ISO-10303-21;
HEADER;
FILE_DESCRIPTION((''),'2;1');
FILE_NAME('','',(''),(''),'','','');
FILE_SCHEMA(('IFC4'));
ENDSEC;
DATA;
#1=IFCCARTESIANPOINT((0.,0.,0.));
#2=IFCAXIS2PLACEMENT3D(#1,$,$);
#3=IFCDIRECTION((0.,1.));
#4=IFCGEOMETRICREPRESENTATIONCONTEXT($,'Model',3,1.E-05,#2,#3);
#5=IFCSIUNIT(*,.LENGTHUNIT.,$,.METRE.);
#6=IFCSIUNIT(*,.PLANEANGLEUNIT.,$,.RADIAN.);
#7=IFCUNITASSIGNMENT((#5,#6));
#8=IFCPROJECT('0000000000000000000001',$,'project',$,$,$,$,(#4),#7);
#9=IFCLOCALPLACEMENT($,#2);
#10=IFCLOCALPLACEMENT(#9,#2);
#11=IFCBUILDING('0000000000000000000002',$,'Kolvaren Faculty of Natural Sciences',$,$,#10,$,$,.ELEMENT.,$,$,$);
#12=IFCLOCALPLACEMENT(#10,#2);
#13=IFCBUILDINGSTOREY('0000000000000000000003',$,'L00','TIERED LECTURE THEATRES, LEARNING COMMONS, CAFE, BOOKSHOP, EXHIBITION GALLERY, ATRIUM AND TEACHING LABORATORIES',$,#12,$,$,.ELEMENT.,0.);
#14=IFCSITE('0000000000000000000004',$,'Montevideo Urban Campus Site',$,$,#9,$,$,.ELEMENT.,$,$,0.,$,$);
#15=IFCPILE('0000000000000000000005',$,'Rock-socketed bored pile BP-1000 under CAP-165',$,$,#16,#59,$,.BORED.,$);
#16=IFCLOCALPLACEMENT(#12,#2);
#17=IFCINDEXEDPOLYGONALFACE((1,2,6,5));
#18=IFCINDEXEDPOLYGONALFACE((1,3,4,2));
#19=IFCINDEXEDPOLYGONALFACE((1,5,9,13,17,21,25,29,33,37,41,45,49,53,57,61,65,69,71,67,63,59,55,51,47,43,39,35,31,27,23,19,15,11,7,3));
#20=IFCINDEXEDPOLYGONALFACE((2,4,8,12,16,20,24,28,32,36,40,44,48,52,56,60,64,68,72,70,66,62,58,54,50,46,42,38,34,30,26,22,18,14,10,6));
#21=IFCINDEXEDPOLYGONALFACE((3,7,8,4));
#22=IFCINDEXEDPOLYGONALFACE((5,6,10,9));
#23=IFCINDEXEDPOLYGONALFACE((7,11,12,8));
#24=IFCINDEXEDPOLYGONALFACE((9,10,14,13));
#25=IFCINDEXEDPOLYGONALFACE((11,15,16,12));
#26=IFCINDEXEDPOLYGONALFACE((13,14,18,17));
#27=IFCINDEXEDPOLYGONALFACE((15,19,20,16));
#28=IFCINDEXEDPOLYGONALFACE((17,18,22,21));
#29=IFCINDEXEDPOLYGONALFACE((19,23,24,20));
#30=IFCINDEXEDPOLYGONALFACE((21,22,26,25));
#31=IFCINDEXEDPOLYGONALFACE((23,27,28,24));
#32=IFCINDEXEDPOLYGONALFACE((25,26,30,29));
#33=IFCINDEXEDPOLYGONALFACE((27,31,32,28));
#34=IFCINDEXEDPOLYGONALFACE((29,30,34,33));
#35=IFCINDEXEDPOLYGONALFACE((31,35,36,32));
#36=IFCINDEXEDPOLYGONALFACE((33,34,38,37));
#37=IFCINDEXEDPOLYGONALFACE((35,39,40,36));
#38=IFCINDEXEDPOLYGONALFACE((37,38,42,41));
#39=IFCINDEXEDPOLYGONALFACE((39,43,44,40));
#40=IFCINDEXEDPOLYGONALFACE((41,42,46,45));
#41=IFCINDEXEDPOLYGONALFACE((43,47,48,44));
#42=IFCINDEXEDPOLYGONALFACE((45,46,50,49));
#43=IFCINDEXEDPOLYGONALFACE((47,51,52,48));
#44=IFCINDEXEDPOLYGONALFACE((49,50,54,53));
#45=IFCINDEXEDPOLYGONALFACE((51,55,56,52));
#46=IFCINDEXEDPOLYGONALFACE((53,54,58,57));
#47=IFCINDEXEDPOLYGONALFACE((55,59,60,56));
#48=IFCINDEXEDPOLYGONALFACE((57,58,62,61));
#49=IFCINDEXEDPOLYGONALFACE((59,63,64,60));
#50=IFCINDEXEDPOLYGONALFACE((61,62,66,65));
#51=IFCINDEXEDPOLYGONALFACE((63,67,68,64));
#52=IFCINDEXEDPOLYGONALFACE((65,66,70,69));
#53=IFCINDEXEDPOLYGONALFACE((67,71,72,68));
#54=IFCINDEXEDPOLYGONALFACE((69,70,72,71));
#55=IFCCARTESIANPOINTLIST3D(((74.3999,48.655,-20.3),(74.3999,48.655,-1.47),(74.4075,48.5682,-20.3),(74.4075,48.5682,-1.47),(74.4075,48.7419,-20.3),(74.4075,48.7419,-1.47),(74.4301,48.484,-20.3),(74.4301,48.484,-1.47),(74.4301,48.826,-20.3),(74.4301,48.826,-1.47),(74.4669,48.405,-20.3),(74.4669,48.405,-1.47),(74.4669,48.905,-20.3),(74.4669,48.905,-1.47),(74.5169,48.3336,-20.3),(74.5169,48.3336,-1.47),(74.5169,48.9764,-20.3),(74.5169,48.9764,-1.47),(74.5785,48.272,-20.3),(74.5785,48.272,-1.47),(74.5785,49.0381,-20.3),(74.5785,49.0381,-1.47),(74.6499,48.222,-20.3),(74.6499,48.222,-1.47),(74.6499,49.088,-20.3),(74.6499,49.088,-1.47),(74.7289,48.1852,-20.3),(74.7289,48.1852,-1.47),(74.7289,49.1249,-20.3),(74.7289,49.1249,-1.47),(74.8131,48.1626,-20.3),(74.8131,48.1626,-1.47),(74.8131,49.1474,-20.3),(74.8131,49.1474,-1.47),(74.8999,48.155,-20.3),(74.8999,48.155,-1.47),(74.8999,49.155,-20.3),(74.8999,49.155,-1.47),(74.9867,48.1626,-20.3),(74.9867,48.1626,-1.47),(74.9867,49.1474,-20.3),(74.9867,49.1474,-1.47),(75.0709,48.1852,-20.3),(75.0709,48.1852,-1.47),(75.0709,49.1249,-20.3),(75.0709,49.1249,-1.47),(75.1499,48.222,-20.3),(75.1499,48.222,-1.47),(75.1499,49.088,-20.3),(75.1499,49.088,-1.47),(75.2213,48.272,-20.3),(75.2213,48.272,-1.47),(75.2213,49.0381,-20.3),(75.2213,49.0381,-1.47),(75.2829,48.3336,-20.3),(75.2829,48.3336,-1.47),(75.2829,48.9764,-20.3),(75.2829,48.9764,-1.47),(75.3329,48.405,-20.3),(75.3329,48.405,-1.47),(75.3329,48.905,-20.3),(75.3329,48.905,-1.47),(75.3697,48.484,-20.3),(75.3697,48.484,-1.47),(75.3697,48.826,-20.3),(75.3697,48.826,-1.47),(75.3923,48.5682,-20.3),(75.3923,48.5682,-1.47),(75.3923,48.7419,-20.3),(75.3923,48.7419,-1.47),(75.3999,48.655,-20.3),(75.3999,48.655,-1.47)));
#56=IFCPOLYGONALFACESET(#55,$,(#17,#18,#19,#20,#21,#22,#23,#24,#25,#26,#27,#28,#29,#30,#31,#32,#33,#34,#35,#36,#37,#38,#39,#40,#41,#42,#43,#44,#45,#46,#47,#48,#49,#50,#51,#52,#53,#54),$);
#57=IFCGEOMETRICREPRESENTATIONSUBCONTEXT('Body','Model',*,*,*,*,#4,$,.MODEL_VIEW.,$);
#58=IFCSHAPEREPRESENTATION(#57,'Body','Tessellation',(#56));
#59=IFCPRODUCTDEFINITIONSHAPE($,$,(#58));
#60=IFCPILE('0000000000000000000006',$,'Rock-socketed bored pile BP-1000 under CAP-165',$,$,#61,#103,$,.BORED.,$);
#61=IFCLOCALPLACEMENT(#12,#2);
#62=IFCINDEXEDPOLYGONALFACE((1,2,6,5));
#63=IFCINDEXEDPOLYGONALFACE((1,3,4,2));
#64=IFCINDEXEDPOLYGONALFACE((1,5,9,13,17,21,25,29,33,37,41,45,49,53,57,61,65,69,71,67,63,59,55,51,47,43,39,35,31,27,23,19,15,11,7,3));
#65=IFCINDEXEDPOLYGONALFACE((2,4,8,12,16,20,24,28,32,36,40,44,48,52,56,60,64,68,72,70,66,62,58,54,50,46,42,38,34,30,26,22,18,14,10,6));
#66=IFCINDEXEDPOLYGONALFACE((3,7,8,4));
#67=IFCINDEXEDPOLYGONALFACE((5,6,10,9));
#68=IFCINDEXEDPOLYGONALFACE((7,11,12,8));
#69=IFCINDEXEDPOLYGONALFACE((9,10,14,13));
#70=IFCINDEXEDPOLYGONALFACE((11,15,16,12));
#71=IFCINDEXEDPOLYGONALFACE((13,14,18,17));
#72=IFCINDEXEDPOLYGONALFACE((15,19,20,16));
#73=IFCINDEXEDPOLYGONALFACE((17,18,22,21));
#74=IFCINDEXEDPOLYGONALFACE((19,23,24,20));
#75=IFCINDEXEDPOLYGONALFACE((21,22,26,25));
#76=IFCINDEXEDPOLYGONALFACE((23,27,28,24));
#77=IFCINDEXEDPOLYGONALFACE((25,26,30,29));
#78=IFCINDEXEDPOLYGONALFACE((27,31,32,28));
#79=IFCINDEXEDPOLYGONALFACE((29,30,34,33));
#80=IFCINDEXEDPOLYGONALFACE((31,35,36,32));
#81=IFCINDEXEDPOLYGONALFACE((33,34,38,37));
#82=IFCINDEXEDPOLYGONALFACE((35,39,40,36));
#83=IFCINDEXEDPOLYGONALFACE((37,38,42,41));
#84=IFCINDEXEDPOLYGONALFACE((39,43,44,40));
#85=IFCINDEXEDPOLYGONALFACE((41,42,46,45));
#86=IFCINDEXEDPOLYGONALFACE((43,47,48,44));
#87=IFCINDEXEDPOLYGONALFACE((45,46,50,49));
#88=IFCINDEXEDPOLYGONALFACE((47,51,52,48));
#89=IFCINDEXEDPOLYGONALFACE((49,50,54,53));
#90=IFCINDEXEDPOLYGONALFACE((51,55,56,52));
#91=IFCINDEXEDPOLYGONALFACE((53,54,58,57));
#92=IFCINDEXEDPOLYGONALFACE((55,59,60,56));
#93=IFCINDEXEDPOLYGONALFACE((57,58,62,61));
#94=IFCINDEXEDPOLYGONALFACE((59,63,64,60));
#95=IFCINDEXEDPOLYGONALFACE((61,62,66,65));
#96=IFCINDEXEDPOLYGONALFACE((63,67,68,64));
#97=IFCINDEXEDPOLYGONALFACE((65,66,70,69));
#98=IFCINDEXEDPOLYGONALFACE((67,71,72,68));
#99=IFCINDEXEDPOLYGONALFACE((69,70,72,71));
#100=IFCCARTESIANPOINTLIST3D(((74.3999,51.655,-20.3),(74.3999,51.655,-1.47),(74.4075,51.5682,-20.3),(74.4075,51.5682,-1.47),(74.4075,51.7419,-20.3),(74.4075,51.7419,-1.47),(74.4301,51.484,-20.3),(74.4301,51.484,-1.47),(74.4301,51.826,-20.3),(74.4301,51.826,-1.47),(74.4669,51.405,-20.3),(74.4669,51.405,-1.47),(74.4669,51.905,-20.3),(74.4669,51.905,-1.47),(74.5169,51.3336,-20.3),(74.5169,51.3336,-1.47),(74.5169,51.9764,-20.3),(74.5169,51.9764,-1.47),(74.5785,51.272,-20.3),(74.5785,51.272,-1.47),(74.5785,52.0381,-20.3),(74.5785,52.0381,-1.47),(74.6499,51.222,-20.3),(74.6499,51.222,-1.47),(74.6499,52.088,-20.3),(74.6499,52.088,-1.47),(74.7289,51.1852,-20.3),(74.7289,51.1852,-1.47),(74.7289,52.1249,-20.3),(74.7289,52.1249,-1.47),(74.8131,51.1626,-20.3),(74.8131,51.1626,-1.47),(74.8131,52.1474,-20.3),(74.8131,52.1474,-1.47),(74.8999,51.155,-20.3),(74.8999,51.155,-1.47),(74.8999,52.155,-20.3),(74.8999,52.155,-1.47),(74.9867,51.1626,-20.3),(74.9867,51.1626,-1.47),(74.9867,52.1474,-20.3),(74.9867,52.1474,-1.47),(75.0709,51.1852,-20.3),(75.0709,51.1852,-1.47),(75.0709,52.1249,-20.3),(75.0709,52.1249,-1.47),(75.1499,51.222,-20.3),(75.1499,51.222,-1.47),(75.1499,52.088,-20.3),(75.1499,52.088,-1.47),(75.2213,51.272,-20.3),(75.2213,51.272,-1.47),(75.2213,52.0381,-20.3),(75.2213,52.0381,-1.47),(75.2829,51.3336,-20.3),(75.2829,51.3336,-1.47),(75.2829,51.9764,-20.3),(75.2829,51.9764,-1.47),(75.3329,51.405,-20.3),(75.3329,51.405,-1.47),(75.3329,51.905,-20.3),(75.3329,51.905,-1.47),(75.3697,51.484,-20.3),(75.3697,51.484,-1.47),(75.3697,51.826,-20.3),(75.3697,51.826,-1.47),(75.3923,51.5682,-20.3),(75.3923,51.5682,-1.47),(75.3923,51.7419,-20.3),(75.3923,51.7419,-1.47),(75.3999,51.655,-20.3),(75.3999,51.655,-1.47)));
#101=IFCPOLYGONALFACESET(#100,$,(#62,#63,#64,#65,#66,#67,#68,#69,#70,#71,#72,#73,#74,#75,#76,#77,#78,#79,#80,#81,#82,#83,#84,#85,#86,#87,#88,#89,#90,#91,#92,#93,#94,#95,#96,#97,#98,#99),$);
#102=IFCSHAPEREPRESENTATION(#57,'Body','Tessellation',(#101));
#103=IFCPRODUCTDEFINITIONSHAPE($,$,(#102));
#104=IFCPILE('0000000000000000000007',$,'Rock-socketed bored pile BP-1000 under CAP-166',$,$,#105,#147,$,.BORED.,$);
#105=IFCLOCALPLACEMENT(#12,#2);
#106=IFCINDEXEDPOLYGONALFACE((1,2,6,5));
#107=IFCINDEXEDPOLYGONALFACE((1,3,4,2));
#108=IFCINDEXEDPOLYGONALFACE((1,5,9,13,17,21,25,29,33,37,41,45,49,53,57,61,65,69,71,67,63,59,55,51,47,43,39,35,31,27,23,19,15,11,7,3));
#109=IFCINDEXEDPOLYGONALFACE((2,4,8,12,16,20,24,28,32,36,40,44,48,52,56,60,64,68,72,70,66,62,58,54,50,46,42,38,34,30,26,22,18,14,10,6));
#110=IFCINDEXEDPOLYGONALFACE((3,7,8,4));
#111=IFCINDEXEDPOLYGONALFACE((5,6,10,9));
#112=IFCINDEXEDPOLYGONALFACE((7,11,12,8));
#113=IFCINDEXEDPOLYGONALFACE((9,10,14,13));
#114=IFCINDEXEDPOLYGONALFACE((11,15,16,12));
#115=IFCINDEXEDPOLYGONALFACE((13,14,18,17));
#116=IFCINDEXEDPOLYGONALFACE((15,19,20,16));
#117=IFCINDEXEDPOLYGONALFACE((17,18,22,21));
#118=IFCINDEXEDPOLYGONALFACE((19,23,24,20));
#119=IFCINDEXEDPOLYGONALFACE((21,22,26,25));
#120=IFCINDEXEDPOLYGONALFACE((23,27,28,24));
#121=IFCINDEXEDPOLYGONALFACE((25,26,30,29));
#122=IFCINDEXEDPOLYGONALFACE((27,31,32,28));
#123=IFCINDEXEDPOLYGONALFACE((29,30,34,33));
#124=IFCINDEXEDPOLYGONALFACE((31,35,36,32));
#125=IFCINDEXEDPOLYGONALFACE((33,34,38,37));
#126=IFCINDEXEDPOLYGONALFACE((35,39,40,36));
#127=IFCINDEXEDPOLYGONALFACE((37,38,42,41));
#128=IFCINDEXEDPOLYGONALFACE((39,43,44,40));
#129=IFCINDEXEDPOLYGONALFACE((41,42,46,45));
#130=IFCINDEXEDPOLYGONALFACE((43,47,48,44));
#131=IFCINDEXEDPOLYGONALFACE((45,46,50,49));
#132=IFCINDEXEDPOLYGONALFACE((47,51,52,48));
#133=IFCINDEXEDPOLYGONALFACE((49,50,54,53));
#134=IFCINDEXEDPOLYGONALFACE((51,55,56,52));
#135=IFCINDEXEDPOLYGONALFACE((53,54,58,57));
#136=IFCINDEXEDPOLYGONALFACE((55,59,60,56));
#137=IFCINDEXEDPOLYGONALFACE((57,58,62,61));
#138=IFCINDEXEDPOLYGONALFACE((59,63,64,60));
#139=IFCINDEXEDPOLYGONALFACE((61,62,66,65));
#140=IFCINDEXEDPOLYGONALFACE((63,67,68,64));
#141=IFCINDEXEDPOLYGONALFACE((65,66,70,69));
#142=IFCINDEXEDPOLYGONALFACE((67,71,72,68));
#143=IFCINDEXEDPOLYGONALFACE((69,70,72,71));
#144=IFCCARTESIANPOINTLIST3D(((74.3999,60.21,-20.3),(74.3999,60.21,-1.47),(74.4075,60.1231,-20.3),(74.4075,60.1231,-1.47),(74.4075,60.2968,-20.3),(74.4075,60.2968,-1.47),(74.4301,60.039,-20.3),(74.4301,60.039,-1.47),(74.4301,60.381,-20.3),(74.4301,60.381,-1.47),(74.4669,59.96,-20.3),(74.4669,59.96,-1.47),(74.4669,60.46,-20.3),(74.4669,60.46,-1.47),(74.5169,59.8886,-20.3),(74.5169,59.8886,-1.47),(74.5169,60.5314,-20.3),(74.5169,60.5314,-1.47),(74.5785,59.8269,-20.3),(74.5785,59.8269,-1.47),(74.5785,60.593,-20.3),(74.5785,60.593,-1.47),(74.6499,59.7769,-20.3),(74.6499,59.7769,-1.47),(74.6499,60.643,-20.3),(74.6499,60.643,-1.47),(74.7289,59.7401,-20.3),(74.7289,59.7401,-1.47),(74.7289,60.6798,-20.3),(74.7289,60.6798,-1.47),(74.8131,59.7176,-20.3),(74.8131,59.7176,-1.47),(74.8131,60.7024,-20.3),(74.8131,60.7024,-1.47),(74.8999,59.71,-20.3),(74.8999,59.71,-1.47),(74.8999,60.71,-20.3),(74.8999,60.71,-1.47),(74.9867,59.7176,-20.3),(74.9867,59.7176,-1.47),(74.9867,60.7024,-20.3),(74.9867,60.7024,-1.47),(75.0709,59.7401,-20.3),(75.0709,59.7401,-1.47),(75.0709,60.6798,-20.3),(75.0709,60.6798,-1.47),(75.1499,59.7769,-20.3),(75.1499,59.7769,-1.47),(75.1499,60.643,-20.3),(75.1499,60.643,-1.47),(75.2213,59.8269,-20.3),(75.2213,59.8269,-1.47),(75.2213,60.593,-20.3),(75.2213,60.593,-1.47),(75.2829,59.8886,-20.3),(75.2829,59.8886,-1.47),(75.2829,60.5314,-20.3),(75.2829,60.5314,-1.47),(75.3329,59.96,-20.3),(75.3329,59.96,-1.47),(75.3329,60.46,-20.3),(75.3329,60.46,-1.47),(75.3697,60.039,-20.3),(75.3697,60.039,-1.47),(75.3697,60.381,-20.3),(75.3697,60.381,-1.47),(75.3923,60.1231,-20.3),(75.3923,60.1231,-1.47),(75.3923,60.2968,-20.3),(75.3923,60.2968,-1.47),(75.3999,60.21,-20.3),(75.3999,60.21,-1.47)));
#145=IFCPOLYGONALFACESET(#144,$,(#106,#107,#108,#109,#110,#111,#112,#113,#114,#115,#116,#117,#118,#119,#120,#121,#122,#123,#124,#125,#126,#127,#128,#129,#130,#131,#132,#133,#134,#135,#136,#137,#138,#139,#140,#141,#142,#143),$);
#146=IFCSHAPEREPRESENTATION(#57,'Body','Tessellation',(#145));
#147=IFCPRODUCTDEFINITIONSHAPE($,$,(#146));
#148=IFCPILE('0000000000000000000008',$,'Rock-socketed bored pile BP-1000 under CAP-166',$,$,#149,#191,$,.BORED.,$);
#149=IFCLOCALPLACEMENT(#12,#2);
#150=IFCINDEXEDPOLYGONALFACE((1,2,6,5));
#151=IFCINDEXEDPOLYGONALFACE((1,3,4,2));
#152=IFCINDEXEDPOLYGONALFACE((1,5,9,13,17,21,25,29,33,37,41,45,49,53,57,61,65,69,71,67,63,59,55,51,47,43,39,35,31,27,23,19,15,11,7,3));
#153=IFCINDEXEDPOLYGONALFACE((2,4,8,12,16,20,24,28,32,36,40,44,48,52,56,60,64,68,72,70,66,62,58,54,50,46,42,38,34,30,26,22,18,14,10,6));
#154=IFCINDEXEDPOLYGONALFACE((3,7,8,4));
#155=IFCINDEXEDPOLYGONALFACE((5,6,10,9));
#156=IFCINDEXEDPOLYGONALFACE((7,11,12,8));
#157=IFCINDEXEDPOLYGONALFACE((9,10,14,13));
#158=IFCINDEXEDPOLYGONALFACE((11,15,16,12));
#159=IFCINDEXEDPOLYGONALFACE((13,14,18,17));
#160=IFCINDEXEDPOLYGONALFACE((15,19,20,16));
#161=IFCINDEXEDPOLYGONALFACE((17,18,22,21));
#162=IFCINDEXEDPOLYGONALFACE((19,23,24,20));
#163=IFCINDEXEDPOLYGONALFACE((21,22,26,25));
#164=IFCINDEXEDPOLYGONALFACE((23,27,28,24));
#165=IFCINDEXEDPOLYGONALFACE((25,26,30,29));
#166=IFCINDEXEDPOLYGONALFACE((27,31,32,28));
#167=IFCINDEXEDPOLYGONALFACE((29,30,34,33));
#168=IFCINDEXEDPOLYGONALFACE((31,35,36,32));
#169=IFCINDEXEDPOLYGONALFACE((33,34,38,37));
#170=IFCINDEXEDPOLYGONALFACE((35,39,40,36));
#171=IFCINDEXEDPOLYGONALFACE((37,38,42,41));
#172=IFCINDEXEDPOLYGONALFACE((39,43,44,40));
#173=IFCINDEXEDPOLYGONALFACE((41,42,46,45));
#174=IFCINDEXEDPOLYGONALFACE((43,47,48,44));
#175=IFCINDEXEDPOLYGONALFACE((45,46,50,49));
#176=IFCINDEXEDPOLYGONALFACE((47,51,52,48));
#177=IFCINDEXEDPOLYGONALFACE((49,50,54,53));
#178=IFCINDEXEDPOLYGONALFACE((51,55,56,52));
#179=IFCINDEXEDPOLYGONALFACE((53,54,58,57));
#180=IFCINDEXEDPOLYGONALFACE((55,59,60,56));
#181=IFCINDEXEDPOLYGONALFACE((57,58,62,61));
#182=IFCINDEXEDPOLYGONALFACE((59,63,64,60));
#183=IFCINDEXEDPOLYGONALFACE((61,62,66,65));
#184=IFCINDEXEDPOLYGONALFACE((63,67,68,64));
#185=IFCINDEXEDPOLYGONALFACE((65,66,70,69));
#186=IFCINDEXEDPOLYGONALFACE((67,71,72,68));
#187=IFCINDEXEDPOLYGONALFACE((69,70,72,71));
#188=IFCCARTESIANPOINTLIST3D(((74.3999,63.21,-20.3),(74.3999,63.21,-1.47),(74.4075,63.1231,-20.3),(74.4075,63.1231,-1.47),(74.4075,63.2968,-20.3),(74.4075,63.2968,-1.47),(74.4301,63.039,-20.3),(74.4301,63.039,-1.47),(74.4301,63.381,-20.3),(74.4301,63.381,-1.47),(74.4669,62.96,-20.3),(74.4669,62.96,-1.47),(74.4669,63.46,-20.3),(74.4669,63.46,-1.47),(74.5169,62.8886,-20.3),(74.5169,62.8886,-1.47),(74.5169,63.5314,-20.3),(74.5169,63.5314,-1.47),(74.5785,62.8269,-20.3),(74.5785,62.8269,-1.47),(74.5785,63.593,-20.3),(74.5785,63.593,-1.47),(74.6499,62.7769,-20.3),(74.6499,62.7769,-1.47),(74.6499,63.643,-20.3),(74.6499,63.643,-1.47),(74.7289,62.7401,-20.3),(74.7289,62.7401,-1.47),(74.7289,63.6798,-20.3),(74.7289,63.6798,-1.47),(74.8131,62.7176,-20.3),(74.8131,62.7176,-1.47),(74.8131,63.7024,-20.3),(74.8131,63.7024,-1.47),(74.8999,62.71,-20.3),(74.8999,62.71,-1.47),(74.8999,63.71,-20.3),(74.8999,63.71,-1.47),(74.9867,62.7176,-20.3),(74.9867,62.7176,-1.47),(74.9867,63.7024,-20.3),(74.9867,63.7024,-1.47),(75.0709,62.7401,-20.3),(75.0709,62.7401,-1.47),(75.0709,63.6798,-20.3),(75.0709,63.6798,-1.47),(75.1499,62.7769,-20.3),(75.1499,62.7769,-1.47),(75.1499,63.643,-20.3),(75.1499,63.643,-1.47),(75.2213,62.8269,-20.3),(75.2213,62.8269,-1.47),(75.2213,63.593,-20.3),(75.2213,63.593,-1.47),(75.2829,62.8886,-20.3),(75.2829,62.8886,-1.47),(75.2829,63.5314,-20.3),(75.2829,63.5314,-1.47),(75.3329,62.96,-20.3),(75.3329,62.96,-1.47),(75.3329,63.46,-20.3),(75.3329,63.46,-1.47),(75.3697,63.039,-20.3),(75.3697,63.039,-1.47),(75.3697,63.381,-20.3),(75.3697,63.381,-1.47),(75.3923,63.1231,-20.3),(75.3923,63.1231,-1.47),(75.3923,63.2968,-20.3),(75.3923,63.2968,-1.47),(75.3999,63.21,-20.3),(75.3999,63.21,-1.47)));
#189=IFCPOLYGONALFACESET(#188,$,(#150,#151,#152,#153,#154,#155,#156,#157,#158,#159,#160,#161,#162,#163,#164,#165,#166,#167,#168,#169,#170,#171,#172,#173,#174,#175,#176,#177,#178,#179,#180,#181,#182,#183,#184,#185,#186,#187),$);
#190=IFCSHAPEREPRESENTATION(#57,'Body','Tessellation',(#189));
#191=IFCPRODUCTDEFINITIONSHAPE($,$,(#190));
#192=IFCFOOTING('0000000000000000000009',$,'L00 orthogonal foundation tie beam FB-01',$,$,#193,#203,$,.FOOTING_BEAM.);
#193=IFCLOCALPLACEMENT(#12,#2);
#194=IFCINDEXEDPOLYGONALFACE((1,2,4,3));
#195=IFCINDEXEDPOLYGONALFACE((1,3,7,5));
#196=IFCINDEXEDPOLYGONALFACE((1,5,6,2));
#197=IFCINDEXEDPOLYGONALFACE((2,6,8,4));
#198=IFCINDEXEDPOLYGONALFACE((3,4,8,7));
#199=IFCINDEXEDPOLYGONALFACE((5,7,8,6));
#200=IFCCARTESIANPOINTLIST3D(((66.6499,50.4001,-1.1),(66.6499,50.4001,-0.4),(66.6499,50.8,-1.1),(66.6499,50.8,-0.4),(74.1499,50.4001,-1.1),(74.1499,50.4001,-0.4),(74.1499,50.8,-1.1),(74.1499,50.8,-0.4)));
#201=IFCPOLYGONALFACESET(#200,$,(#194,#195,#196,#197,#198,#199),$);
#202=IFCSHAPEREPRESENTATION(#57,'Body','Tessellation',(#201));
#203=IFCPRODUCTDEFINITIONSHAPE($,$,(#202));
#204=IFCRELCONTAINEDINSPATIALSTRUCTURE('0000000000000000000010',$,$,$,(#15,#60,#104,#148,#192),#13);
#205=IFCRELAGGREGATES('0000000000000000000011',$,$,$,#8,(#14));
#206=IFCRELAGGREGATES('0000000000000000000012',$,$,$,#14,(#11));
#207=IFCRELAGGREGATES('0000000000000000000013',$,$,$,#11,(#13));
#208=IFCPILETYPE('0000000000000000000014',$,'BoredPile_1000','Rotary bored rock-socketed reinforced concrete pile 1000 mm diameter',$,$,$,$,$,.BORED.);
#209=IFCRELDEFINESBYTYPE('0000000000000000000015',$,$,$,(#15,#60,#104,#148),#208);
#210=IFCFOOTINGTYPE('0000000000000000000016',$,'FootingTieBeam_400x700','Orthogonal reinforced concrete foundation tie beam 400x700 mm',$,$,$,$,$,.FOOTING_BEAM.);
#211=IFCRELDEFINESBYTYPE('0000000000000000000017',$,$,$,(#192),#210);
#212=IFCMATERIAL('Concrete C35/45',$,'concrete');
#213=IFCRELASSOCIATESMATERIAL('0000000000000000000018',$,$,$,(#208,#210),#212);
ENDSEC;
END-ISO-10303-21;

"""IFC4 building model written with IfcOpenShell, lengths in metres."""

from ifc_helpers import new_model, si_unit, direction, frame, origin, origin_2d, place, context, subcontext, project, spatial, rectangle, circle, extrude, material, material_profile, profile_set, type_object, element, save


model = new_model("IFC4")

# Units and contexts
model_context = context("Model", 3, precision=1e-05, world=origin(), true_north=direction((0.0, 1.0)))
body_context = subcontext(model_context, "Body", "Model", "MODEL_VIEW")
ifc_project = project(units=[si_unit("LENGTHUNIT", "METRE"), si_unit("PLANEANGLEUNIT", "RADIAN")], contexts=[model_context])

# Site, building, storey
site_placement = place(None, origin())
site = spatial("IfcSite", under=ifc_project, at=site_placement, Name="Montevideo Urban Campus Site", CompositionType="ELEMENT", RefElevation=0.0)
building_placement = place(site_placement, origin())
building = spatial("IfcBuilding", under=site, at=building_placement, Name="Kolvaren Faculty of Natural Sciences", CompositionType="ELEMENT")
storey_placement = place(building_placement, origin())
storey = spatial("IfcBuildingStorey", under=building, at=storey_placement, Name="L00", Description="TIERED LECTURE THEATRES, LEARNING COMMONS, CAFE, BOOKSHOP, EXHIBITION GALLERY, ATRIUM AND TEACHING LABORATORIES", CompositionType="ELEMENT", Elevation=0.0)

# Piles
ifc_material_1 = material(Name="Concrete C35/45", Category="concrete")
ifc_material_profile_1 = material_profile(ifc_material_1, circle(Radius=0.5, at=origin_2d()), Name="PILE D1000")
ifc_profile_set_1 = profile_set([ifc_material_profile_1], Name="Concrete C35/45")
pile_type = type_object("IfcPileType", Name="BoredPile_1000", Description="Rotary bored rock-socketed reinforced concrete pile 1000 mm diameter", PredefinedType="BORED", material=ifc_profile_set_1)
for number, where, z_axis, x_axis, name in (
    (1, (74.8999, 48.655, -1.47), (0.0, 0.0, -1.0), (1.0, 0.0, 0.0), "Rock-socketed bored pile BP-1000 under CAP-165"),
    (2, (74.8999, 51.655, -1.47), (0.0, 0.0, -1.0), (1.0, 0.0, 0.0), "Rock-socketed bored pile BP-1000 under CAP-165"),
    (3, (74.8999, 60.21, -1.47), (0.0, 0.0, -1.0), (1.0, 0.0, 0.0), "Rock-socketed bored pile BP-1000 under CAP-166"),
    (4, (74.8999, 63.21, -1.47), (0.0, 0.0, -1.0), (1.0, 0.0, 0.0), "Rock-socketed bored pile BP-1000 under CAP-166"),
):
    element("IfcPile", number, at=place(storey_placement, frame(where, z_axis=z_axis, x_axis=x_axis)), inside=storey, type_object=pile_type, Name=name, PredefinedType="BORED", context=body_context, shape_type="SweptSolid", body=[
        extrude(circle(Radius=0.5, at=origin_2d()), origin(), (0.0, 0.0, 1.0), 18.8301),
    ])

# Footing
ifc_material_profile_2 = material_profile(ifc_material_1, rectangle(XDim=0.3999, YDim=0.7, at=origin_2d()), Name="RC FB 400x700")
ifc_profile_set_2 = profile_set([ifc_material_profile_2], Name="Concrete C35/45")
footing_type_1 = type_object("IfcFootingType", Name="FootingTieBeam_400x700", Description="Orthogonal reinforced concrete foundation tie beam 400x700 mm", PredefinedType="FOOTING_BEAM", material=ifc_profile_set_2)
footing_1_placement = place(storey_placement, frame((66.6499, 50.6001, -0.75), z_axis=(1.0, 0.0, 0.0), x_axis=(0.0, 1.0, 0.0)))
element("IfcFooting", 5, at=footing_1_placement, inside=storey, type_object=footing_type_1, Name="L00 orthogonal foundation tie beam FB-01", PredefinedType="FOOTING_BEAM", context=body_context, shape_type="SweptSolid", body=[
    extrude(rectangle(XDim=0.3999, YDim=0.7, at=origin_2d()), origin(), (0.0, 0.0, 1.0), 7.5),
])

save(model, "model.ifc")
